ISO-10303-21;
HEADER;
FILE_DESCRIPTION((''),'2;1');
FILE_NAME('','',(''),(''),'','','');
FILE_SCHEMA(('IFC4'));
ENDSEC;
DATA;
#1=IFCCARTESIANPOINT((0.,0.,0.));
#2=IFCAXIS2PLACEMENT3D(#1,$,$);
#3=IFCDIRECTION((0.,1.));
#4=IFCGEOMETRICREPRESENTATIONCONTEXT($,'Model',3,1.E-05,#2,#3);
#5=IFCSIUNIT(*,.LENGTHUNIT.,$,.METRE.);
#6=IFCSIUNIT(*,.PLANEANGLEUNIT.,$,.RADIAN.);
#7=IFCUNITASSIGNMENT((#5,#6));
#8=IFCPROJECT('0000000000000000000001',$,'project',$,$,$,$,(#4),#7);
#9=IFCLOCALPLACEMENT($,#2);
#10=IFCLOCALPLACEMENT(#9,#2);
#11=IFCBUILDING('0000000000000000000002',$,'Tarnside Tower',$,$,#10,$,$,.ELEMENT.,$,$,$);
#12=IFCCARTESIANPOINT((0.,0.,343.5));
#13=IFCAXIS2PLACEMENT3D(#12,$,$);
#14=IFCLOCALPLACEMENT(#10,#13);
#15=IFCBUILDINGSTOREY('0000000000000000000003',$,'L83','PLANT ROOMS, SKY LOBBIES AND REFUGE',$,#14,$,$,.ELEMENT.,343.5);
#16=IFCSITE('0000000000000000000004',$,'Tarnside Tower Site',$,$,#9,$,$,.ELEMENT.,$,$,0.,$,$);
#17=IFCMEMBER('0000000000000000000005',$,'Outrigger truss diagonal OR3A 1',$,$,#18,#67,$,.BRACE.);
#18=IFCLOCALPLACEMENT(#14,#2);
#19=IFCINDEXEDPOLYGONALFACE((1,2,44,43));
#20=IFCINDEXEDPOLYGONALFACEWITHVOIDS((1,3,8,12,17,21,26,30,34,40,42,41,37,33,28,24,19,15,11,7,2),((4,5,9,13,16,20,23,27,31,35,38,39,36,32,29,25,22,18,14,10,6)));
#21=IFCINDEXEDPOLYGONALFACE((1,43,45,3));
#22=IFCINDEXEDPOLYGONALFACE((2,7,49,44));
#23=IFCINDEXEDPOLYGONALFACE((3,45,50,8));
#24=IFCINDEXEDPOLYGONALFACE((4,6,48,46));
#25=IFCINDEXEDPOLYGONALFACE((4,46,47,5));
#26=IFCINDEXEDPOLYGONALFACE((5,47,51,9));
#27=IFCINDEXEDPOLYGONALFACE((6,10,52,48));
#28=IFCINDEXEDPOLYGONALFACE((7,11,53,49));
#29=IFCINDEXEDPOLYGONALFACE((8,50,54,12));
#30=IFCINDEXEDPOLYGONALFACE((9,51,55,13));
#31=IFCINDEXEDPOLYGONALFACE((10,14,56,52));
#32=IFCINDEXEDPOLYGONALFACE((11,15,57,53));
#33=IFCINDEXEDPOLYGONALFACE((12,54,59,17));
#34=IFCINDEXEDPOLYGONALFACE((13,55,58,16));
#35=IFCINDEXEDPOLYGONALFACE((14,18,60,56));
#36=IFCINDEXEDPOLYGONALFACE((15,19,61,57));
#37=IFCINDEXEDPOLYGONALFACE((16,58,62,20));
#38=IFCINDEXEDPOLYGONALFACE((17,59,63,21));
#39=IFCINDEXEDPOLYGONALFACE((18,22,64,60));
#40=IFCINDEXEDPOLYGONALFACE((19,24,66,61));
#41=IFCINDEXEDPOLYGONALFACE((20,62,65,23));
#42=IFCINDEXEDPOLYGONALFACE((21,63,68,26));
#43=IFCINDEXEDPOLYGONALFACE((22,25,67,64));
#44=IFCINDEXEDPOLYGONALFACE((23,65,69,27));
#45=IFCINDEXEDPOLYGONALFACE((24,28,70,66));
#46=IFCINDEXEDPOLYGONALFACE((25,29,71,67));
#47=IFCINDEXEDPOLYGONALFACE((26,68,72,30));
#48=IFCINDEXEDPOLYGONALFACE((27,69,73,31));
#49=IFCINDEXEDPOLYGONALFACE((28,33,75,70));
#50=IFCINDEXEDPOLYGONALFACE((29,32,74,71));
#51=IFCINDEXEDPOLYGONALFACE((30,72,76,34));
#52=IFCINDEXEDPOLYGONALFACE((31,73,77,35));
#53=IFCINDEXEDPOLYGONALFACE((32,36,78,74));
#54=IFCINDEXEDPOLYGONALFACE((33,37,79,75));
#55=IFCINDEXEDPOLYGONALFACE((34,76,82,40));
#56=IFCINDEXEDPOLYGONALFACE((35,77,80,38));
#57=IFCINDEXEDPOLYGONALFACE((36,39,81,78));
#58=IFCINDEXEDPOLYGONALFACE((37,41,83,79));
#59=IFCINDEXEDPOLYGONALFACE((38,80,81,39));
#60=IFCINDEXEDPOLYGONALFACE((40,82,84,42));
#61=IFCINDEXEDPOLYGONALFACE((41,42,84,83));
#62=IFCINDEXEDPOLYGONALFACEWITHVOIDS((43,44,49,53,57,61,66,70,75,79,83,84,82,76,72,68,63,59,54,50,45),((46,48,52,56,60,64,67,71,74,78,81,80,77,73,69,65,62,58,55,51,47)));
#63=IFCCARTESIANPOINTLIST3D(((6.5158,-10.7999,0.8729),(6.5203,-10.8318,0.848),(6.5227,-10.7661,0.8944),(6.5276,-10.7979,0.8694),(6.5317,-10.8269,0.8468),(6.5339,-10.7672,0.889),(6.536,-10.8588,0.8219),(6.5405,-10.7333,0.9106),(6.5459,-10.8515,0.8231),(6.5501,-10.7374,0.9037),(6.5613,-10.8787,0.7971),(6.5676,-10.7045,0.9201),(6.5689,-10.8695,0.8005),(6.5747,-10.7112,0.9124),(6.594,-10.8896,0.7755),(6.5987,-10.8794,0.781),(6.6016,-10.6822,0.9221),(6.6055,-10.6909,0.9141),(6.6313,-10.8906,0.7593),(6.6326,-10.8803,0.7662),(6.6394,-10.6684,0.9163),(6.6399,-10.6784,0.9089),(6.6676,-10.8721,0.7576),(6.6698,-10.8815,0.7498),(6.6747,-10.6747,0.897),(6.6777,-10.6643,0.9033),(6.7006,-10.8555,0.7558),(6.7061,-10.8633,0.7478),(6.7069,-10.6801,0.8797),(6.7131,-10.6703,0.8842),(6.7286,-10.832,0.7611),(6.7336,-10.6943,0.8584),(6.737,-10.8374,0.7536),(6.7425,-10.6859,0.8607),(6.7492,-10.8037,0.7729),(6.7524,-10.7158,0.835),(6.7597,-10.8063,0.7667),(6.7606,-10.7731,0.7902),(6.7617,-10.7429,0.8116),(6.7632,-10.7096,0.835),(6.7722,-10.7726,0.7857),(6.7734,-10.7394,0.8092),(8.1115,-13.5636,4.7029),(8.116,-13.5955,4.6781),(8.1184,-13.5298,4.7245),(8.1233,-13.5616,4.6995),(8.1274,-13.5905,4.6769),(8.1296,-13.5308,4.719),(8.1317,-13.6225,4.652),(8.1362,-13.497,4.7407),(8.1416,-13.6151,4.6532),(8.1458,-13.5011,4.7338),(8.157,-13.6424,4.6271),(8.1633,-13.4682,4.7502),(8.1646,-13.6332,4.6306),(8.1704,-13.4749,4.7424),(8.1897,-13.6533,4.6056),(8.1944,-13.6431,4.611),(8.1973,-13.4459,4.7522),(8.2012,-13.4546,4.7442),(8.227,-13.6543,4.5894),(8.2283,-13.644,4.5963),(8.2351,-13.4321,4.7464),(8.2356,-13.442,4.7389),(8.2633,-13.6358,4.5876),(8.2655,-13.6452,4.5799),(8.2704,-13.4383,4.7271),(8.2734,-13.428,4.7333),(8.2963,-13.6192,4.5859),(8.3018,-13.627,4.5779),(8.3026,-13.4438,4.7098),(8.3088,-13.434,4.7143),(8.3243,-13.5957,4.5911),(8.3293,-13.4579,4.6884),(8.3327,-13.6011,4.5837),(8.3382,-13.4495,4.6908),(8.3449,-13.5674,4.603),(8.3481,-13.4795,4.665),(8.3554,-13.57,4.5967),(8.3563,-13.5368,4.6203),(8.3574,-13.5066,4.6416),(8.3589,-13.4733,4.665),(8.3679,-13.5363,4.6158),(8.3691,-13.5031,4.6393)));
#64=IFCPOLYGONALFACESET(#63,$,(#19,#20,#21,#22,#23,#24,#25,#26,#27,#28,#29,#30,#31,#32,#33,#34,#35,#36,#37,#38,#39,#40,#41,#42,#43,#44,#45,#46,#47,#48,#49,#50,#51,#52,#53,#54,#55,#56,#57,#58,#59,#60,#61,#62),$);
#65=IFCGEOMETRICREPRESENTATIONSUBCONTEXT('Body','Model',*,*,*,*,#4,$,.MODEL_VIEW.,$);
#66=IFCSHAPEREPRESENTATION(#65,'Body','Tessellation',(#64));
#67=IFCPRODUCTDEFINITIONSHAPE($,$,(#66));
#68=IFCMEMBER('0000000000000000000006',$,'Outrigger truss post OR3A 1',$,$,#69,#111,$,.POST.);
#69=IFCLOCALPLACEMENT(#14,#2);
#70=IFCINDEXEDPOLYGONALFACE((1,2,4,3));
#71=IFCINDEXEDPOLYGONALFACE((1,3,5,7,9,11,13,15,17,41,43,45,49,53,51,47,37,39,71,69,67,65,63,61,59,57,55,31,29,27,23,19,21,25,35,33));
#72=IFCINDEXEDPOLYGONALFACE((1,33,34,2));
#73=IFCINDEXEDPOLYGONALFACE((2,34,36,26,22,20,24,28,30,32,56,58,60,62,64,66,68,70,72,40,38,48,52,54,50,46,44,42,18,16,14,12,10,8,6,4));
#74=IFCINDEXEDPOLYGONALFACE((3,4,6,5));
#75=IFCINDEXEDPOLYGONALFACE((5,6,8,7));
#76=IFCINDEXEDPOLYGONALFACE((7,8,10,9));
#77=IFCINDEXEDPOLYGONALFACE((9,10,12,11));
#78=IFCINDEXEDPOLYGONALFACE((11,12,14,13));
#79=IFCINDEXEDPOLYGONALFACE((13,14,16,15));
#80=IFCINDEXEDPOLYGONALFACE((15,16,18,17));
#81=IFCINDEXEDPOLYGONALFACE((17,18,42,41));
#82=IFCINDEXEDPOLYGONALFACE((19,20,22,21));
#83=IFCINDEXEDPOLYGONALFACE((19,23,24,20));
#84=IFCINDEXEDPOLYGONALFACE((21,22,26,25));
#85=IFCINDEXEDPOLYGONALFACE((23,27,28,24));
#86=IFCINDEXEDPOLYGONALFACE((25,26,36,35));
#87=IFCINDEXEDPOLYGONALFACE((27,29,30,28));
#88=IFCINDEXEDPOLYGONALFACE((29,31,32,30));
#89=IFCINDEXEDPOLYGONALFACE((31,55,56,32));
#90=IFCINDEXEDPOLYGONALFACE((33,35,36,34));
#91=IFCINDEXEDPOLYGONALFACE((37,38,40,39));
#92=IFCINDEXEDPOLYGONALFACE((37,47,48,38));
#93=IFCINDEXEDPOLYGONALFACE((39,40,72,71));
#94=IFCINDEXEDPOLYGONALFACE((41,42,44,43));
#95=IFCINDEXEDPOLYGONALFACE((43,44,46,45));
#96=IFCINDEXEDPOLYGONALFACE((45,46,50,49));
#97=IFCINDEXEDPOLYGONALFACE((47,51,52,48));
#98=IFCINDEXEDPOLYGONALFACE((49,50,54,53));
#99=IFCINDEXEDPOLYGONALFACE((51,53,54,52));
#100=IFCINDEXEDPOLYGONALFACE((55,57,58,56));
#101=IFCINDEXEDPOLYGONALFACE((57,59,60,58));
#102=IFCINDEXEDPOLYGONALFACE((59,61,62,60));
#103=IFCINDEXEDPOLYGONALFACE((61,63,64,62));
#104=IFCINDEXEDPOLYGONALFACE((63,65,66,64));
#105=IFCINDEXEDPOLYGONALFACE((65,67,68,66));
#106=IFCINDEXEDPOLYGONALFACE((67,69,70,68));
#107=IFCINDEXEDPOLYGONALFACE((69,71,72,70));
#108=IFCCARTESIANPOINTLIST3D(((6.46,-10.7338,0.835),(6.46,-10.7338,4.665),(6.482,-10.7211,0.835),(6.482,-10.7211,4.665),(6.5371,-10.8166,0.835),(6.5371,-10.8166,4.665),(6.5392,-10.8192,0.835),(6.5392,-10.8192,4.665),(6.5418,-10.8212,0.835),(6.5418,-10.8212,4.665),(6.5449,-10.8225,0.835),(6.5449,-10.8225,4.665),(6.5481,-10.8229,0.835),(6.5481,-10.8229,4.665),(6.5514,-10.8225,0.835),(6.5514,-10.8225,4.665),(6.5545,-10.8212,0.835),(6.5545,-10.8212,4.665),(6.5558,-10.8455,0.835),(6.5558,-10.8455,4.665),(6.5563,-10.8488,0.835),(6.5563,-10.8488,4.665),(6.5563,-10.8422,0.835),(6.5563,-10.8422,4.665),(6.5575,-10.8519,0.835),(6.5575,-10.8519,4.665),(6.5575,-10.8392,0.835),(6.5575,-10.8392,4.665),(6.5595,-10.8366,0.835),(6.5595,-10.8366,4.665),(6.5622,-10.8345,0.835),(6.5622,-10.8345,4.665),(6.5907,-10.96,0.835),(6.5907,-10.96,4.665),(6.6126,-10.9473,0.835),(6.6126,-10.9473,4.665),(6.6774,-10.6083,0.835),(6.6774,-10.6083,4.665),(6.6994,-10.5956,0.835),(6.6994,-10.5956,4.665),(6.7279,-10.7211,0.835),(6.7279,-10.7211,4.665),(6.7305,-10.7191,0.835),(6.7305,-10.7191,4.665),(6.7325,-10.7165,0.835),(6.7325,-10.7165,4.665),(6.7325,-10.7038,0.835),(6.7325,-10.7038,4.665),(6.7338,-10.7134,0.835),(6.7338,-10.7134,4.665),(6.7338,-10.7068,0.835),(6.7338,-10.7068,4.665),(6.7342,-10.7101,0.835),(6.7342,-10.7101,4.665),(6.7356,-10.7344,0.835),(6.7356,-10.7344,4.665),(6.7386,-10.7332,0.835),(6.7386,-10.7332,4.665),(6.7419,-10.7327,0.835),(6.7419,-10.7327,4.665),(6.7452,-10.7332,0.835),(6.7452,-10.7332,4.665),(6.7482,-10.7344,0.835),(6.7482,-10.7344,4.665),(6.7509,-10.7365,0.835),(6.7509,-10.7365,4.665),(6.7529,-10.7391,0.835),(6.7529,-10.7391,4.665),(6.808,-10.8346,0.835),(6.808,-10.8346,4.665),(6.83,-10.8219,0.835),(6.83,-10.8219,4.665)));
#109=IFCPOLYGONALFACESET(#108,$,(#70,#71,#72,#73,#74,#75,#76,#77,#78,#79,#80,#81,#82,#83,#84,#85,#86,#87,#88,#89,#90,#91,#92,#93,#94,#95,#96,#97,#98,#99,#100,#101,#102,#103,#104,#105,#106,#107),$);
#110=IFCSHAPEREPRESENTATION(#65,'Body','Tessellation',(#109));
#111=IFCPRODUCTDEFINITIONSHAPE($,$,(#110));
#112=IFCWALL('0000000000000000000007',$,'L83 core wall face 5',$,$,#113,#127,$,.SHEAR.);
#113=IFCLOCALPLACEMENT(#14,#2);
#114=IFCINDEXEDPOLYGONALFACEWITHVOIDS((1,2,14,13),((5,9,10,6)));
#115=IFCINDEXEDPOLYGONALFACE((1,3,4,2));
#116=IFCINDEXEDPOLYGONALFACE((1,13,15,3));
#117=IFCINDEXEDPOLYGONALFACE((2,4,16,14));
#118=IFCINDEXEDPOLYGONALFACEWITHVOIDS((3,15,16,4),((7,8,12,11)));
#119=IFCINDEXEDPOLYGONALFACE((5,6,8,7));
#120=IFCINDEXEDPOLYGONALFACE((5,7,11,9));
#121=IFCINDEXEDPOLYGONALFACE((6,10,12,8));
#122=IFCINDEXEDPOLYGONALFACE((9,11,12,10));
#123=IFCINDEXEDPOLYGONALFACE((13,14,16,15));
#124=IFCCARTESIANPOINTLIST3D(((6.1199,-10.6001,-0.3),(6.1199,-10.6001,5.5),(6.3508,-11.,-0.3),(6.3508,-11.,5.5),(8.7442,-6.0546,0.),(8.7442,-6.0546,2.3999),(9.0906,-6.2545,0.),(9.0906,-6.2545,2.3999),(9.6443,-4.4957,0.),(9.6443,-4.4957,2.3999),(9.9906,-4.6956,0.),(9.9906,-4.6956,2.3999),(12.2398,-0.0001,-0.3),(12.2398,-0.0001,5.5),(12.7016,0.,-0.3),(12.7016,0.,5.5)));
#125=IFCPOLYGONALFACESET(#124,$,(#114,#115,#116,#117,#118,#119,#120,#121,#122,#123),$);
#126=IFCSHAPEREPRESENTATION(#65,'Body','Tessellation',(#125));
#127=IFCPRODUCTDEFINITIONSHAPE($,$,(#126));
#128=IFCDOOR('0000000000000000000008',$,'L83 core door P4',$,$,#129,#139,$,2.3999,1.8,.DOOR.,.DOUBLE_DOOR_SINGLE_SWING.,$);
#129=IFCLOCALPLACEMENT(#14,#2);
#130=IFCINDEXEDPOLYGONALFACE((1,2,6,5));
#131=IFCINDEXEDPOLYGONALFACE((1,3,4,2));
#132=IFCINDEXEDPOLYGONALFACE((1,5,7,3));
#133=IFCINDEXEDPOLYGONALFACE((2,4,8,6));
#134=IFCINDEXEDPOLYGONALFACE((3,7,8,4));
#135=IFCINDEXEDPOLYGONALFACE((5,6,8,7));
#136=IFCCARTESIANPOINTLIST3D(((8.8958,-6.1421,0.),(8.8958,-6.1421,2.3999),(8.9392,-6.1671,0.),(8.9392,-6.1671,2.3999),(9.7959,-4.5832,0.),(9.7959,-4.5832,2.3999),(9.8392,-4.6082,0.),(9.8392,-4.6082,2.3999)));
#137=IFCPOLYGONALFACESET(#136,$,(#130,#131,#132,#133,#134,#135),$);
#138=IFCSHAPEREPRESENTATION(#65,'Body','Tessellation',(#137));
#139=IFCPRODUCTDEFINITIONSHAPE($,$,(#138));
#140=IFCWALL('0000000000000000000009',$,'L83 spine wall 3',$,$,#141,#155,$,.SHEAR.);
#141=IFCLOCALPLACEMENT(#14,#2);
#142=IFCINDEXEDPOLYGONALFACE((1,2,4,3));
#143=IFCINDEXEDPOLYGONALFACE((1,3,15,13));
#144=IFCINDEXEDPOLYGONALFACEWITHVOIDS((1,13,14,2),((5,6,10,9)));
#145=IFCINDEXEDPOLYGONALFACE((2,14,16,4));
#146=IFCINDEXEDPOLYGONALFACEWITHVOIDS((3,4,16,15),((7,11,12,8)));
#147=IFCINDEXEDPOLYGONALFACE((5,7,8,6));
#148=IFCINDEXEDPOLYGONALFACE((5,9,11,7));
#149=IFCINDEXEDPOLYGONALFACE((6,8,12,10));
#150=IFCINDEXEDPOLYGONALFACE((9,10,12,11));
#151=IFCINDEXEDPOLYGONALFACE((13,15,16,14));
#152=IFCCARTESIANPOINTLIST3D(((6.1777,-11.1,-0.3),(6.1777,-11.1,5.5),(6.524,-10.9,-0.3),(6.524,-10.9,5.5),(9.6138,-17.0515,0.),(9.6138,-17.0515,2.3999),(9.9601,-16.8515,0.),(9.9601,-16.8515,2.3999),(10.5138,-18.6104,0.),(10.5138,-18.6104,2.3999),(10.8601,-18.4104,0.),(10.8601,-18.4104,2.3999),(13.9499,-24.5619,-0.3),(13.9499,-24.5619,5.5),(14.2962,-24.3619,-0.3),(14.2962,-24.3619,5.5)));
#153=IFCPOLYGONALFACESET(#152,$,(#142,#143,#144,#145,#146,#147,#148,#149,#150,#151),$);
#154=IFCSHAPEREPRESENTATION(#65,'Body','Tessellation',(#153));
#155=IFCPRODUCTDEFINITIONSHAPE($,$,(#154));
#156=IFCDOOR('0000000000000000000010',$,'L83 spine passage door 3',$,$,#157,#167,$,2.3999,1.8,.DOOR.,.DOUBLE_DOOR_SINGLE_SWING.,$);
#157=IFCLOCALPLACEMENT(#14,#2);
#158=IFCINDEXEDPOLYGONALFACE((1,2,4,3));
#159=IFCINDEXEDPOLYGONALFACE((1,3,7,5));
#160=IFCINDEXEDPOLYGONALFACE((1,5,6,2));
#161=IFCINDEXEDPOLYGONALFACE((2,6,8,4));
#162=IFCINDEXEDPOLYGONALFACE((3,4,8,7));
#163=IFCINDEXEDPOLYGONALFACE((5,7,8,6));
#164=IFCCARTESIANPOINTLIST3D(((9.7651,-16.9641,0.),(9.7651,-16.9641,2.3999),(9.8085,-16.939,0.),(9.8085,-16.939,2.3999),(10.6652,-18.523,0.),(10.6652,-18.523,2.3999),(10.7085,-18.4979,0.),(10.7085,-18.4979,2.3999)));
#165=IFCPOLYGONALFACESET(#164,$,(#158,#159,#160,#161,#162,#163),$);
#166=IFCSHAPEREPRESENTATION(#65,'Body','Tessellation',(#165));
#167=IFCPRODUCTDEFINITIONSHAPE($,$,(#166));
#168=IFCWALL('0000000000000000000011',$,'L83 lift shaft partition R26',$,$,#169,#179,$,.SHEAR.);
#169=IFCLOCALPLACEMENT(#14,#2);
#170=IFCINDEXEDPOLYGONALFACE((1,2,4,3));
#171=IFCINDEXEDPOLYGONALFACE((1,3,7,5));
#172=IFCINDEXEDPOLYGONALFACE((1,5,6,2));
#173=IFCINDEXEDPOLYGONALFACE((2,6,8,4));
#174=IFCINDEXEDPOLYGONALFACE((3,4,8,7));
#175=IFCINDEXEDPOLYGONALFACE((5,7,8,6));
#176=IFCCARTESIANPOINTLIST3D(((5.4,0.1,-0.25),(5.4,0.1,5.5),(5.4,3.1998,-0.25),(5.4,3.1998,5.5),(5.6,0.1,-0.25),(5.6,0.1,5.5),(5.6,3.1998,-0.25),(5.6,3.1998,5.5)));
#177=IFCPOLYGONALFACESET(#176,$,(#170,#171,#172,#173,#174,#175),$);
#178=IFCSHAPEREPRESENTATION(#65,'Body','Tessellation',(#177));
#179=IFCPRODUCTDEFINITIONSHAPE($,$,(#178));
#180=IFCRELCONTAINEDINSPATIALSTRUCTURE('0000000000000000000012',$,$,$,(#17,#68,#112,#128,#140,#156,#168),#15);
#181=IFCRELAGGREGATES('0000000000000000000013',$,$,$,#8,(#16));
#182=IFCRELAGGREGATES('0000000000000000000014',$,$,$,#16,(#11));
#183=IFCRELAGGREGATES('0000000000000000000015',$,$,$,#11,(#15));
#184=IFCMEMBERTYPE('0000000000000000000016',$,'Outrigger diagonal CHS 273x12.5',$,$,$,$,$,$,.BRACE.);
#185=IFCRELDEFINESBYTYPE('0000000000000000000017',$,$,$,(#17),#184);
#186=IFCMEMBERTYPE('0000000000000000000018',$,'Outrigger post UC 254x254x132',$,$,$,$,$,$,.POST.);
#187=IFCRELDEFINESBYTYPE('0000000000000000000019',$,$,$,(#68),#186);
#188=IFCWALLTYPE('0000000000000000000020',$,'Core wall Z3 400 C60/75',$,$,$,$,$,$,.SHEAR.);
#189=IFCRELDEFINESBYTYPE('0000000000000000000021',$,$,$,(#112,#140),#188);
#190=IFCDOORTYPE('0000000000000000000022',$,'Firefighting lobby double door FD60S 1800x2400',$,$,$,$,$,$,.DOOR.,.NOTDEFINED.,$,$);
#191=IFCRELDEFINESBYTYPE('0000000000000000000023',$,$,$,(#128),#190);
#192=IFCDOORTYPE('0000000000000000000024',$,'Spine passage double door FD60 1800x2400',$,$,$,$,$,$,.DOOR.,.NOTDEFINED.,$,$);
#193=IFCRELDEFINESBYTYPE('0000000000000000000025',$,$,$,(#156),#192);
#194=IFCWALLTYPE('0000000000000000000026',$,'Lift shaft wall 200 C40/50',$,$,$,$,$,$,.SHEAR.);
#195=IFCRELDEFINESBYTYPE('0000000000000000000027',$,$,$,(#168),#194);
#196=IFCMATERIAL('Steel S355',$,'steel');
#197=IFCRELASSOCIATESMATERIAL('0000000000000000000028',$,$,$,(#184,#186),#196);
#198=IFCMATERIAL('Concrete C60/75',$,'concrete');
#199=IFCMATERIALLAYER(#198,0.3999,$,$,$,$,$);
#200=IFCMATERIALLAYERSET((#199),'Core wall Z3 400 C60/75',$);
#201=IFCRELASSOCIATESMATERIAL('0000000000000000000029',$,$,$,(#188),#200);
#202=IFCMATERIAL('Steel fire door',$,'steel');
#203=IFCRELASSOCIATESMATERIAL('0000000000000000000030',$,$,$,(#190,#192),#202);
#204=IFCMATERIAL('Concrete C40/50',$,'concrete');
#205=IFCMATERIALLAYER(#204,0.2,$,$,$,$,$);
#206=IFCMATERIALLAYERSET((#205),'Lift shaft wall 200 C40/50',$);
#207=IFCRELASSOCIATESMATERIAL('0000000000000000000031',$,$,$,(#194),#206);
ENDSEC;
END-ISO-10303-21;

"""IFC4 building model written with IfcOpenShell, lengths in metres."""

from ifc_helpers import new_model, si_unit, direction, frame, frame_2d, origin, origin_2d, place, context, subcontext, project, spatial, polyline, rectangle, hollow_circle, i_section, outline, extrude, material, layer, layer_set, material_profile, profile_set, type_object, element, fill, save


model = new_model("IFC4")

# Units and contexts
model_context = context("Model", 3, precision=1e-05, world=origin(), true_north=direction((0.0, 1.0)))
body_context = subcontext(model_context, "Body", "Model", "MODEL_VIEW")
ifc_project = project(units=[si_unit("LENGTHUNIT", "METRE"), si_unit("PLANEANGLEUNIT", "RADIAN")], contexts=[model_context])

# Site, building, storey
site_placement = place(None, origin())
site = spatial("IfcSite", under=ifc_project, at=site_placement, Name="Tarnside Tower Site", CompositionType="ELEMENT", RefElevation=0.0)
building_placement = place(site_placement, origin())
building = spatial("IfcBuilding", under=site, at=building_placement, Name="Tarnside Tower", CompositionType="ELEMENT")
storey_placement = place(building_placement, frame((0.0, 0.0, 343.5)))
storey = spatial("IfcBuildingStorey", under=building, at=storey_placement, Name="L83", Description="PLANT ROOMS, SKY LOBBIES AND REFUGE", CompositionType="ELEMENT", Elevation=343.5)

# Members
ifc_material_1 = material(Name="Steel S355", Category="steel")
ifc_material_profile_1 = material_profile(ifc_material_1, hollow_circle(Radius=0.1365, WallThickness=0.0125, at=origin_2d()), Name="CHS 273x12.5")
ifc_profile_set_1 = profile_set([ifc_material_profile_1], Name="Steel S355")
member_type_1 = type_object("IfcMemberType", Name="Outrigger diagonal CHS 273x12.5", PredefinedType="BRACE", material=ifc_profile_set_1)
member_1_placement = place(storey_placement, frame((6.645, -10.7778, 0.835), z_axis=(0.320079, -0.554359, 0.768268), x_axis=(0.866012, 0.500023, 0.0)))
element("IfcMember", 1, at=member_1_placement, inside=storey, type_object=member_type_1, Name="Outrigger truss diagonal OR3A 1", PredefinedType="BRACE", context=body_context, shape_type="SweptSolid", body=[
    extrude(hollow_circle(Radius=0.1365, WallThickness=0.0125, at=origin_2d()), origin(), (0.0, 0.0, 1.0), 4.9854),
])
ifc_material_profile_2 = material_profile(ifc_material_1, i_section(OverallWidth=0.2612, OverallDepth=0.2764, WebThickness=0.0154, FlangeThickness=0.0254, FilletRadius=0.0127, at=origin_2d()), Name="UC 254x254x132")
ifc_profile_set_2 = profile_set([ifc_material_profile_2], Name="Steel S355")
member_type_2 = type_object("IfcMemberType", Name="Outrigger post UC 254x254x132", PredefinedType="POST", material=ifc_profile_set_2)
member_2_placement = place(storey_placement, frame((6.645, -10.7778, 0.835), z_axis=(0.0, 0.0, 1.0), x_axis=(0.5, -0.866025, 0.0)))
element("IfcMember", 2, at=member_2_placement, inside=storey, type_object=member_type_2, Name="Outrigger truss post OR3A 1", PredefinedType="POST", context=body_context, shape_type="SweptSolid", body=[
    extrude(i_section(OverallWidth=0.2612, OverallDepth=0.2764, WebThickness=0.0154, FlangeThickness=0.0254, FilletRadius=0.0127, at=origin_2d()), origin(), (0.0, 0.0, 1.0), 3.8301),
])

# Walls, openings, doors
ifc_material_2 = material(Name="Concrete C60/75", Category="concrete")
ifc_layer_1 = layer(ifc_material_2, 0.3999)
ifc_layer_set_1 = layer_set([ifc_layer_1], Name="Core wall Z3 400 C60/75")
wall_type_1 = type_object("IfcWallType", Name="Core wall Z3 400 C60/75", PredefinedType="SHEAR", material=ifc_layer_set_1)
wall_1_placement = place(storey_placement, frame((6.2354, -10.8, -0.3), z_axis=(0.0, 0.0, 1.0), x_axis=(0.499996, 0.866027, 0.0)))
wall_1 = element("IfcWall", 3, at=wall_1_placement, inside=storey, type_object=wall_type_1, Name="L83 core wall face 5", PredefinedType="SHEAR", context=body_context, shape_type="SweptSolid", body=[
    extrude(outline(polyline([(-0.1155, -0.2), (12.5862, -0.2), (12.3552, 0.2), (0.1155, 0.2), (-0.1155, -0.2)])), origin(), (0.0, 0.0, 1.0), 5.8),
])
opening_1_placement = place(wall_1_placement, frame((5.3643, 0.0, 0.3)))
opening_1 = element("IfcOpeningElement", 4, at=opening_1_placement, cuts=wall_1, PredefinedType="OPENING", context=body_context, shape_type="SweptSolid", body=[
    extrude(rectangle(XDim=1.8, YDim=2.3999, at=frame_2d((0.8999, 1.2))), frame((0.0, 0.21, 0.0), z_axis=(0.0, -1.0, 0.0), x_axis=(1.0, 0.0, 0.0)), (0.0, 0.0, 1.0), 0.4199),
])
ifc_material_3 = material(Name="Steel fire door", Category="steel")
door_type_1 = type_object("IfcDoorType", Name="Firefighting lobby double door FD60S 1800x2400", OperationType="NOTDEFINED", PredefinedType="DOOR", material=ifc_material_3)
door_1_placement = place(opening_1_placement, origin())
door_1 = element("IfcDoor", 5, at=door_1_placement, inside=storey, type_object=door_type_1, Name="L83 core door P4", OperationType="DOUBLE_DOOR_SINGLE_SWING", OverallHeight=2.3999, OverallWidth=1.8, PredefinedType="DOOR", context=body_context, shape_type="SweptSolid", body=[
    extrude(rectangle(XDim=1.8, YDim=2.3999, at=frame_2d((0.8999, 1.2))), frame((0.0, 0.0249, 0.0), z_axis=(0.0, -1.0, 0.0), x_axis=(1.0, 0.0, 0.0)), (0.0, 0.0, 1.0), 0.05),
])
fill(opening_1, door_1)
wall_2_placement = place(storey_placement, frame((6.3508, -11.0, -0.3), z_axis=(0.0, 0.0, 1.0), x_axis=(0.499999, -0.866026, 0.0)))
wall_2 = element("IfcWall", 6, at=wall_2_placement, inside=storey, type_object=wall_type_1, Name="L83 spine wall 3", PredefinedType="SHEAR", context=body_context, shape_type="SweptSolid", body=[
    extrude(rectangle(XDim=15.5444, YDim=0.3999, at=frame_2d((7.7722, 0.0))), origin(), (0.0, 0.0, 1.0), 5.8),
])
opening_2_placement = place(wall_2_placement, frame((6.8723, 0.0, 0.3)))
opening_2 = element("IfcOpeningElement", 7, at=opening_2_placement, cuts=wall_2, PredefinedType="OPENING", context=body_context, shape_type="SweptSolid", body=[
    extrude(rectangle(XDim=1.8, YDim=2.3999, at=frame_2d((0.8999, 1.2))), frame((0.0, 0.21, 0.0), z_axis=(0.0, -1.0, 0.0), x_axis=(1.0, 0.0, 0.0)), (0.0, 0.0, 1.0), 0.4199),
])
door_type_2 = type_object("IfcDoorType", Name="Spine passage double door FD60 1800x2400", OperationType="NOTDEFINED", PredefinedType="DOOR", material=ifc_material_3)
door_2_placement = place(opening_2_placement, origin())
door_2 = element("IfcDoor", 8, at=door_2_placement, inside=storey, type_object=door_type_2, Name="L83 spine passage door 3", OperationType="DOUBLE_DOOR_SINGLE_SWING", OverallHeight=2.3999, OverallWidth=1.8, PredefinedType="DOOR", context=body_context, shape_type="SweptSolid", body=[
    extrude(rectangle(XDim=1.8, YDim=2.3999, at=frame_2d((0.8999, 1.2))), frame((0.0, 0.0249, 0.0), z_axis=(0.0, -1.0, 0.0), x_axis=(1.0, 0.0, 0.0)), (0.0, 0.0, 1.0), 0.05),
])
fill(opening_2, door_2)

# Wall
ifc_material_4 = material(Name="Concrete C40/50", Category="concrete")
ifc_layer_2 = layer(ifc_material_4, 0.2)
ifc_layer_set_2 = layer_set([ifc_layer_2], Name="Lift shaft wall 200 C40/50")
wall_type_2 = type_object("IfcWallType", Name="Lift shaft wall 200 C40/50", PredefinedType="SHEAR", material=ifc_layer_set_2)
wall_3_placement = place(storey_placement, frame((5.5, 0.1001, -0.25), z_axis=(0.0, 0.0, 1.0), x_axis=(0.0, 1.0, 0.0)))
element("IfcWall", 9, at=wall_3_placement, inside=storey, type_object=wall_type_2, Name="L83 lift shaft partition R26", PredefinedType="SHEAR", context=body_context, shape_type="SweptSolid", body=[
    extrude(rectangle(XDim=3.0999, YDim=0.2, at=frame_2d((1.5498, 0.0))), origin(), (0.0, 0.0, 1.0), 5.75),
])

save(model, "model.ifc")
